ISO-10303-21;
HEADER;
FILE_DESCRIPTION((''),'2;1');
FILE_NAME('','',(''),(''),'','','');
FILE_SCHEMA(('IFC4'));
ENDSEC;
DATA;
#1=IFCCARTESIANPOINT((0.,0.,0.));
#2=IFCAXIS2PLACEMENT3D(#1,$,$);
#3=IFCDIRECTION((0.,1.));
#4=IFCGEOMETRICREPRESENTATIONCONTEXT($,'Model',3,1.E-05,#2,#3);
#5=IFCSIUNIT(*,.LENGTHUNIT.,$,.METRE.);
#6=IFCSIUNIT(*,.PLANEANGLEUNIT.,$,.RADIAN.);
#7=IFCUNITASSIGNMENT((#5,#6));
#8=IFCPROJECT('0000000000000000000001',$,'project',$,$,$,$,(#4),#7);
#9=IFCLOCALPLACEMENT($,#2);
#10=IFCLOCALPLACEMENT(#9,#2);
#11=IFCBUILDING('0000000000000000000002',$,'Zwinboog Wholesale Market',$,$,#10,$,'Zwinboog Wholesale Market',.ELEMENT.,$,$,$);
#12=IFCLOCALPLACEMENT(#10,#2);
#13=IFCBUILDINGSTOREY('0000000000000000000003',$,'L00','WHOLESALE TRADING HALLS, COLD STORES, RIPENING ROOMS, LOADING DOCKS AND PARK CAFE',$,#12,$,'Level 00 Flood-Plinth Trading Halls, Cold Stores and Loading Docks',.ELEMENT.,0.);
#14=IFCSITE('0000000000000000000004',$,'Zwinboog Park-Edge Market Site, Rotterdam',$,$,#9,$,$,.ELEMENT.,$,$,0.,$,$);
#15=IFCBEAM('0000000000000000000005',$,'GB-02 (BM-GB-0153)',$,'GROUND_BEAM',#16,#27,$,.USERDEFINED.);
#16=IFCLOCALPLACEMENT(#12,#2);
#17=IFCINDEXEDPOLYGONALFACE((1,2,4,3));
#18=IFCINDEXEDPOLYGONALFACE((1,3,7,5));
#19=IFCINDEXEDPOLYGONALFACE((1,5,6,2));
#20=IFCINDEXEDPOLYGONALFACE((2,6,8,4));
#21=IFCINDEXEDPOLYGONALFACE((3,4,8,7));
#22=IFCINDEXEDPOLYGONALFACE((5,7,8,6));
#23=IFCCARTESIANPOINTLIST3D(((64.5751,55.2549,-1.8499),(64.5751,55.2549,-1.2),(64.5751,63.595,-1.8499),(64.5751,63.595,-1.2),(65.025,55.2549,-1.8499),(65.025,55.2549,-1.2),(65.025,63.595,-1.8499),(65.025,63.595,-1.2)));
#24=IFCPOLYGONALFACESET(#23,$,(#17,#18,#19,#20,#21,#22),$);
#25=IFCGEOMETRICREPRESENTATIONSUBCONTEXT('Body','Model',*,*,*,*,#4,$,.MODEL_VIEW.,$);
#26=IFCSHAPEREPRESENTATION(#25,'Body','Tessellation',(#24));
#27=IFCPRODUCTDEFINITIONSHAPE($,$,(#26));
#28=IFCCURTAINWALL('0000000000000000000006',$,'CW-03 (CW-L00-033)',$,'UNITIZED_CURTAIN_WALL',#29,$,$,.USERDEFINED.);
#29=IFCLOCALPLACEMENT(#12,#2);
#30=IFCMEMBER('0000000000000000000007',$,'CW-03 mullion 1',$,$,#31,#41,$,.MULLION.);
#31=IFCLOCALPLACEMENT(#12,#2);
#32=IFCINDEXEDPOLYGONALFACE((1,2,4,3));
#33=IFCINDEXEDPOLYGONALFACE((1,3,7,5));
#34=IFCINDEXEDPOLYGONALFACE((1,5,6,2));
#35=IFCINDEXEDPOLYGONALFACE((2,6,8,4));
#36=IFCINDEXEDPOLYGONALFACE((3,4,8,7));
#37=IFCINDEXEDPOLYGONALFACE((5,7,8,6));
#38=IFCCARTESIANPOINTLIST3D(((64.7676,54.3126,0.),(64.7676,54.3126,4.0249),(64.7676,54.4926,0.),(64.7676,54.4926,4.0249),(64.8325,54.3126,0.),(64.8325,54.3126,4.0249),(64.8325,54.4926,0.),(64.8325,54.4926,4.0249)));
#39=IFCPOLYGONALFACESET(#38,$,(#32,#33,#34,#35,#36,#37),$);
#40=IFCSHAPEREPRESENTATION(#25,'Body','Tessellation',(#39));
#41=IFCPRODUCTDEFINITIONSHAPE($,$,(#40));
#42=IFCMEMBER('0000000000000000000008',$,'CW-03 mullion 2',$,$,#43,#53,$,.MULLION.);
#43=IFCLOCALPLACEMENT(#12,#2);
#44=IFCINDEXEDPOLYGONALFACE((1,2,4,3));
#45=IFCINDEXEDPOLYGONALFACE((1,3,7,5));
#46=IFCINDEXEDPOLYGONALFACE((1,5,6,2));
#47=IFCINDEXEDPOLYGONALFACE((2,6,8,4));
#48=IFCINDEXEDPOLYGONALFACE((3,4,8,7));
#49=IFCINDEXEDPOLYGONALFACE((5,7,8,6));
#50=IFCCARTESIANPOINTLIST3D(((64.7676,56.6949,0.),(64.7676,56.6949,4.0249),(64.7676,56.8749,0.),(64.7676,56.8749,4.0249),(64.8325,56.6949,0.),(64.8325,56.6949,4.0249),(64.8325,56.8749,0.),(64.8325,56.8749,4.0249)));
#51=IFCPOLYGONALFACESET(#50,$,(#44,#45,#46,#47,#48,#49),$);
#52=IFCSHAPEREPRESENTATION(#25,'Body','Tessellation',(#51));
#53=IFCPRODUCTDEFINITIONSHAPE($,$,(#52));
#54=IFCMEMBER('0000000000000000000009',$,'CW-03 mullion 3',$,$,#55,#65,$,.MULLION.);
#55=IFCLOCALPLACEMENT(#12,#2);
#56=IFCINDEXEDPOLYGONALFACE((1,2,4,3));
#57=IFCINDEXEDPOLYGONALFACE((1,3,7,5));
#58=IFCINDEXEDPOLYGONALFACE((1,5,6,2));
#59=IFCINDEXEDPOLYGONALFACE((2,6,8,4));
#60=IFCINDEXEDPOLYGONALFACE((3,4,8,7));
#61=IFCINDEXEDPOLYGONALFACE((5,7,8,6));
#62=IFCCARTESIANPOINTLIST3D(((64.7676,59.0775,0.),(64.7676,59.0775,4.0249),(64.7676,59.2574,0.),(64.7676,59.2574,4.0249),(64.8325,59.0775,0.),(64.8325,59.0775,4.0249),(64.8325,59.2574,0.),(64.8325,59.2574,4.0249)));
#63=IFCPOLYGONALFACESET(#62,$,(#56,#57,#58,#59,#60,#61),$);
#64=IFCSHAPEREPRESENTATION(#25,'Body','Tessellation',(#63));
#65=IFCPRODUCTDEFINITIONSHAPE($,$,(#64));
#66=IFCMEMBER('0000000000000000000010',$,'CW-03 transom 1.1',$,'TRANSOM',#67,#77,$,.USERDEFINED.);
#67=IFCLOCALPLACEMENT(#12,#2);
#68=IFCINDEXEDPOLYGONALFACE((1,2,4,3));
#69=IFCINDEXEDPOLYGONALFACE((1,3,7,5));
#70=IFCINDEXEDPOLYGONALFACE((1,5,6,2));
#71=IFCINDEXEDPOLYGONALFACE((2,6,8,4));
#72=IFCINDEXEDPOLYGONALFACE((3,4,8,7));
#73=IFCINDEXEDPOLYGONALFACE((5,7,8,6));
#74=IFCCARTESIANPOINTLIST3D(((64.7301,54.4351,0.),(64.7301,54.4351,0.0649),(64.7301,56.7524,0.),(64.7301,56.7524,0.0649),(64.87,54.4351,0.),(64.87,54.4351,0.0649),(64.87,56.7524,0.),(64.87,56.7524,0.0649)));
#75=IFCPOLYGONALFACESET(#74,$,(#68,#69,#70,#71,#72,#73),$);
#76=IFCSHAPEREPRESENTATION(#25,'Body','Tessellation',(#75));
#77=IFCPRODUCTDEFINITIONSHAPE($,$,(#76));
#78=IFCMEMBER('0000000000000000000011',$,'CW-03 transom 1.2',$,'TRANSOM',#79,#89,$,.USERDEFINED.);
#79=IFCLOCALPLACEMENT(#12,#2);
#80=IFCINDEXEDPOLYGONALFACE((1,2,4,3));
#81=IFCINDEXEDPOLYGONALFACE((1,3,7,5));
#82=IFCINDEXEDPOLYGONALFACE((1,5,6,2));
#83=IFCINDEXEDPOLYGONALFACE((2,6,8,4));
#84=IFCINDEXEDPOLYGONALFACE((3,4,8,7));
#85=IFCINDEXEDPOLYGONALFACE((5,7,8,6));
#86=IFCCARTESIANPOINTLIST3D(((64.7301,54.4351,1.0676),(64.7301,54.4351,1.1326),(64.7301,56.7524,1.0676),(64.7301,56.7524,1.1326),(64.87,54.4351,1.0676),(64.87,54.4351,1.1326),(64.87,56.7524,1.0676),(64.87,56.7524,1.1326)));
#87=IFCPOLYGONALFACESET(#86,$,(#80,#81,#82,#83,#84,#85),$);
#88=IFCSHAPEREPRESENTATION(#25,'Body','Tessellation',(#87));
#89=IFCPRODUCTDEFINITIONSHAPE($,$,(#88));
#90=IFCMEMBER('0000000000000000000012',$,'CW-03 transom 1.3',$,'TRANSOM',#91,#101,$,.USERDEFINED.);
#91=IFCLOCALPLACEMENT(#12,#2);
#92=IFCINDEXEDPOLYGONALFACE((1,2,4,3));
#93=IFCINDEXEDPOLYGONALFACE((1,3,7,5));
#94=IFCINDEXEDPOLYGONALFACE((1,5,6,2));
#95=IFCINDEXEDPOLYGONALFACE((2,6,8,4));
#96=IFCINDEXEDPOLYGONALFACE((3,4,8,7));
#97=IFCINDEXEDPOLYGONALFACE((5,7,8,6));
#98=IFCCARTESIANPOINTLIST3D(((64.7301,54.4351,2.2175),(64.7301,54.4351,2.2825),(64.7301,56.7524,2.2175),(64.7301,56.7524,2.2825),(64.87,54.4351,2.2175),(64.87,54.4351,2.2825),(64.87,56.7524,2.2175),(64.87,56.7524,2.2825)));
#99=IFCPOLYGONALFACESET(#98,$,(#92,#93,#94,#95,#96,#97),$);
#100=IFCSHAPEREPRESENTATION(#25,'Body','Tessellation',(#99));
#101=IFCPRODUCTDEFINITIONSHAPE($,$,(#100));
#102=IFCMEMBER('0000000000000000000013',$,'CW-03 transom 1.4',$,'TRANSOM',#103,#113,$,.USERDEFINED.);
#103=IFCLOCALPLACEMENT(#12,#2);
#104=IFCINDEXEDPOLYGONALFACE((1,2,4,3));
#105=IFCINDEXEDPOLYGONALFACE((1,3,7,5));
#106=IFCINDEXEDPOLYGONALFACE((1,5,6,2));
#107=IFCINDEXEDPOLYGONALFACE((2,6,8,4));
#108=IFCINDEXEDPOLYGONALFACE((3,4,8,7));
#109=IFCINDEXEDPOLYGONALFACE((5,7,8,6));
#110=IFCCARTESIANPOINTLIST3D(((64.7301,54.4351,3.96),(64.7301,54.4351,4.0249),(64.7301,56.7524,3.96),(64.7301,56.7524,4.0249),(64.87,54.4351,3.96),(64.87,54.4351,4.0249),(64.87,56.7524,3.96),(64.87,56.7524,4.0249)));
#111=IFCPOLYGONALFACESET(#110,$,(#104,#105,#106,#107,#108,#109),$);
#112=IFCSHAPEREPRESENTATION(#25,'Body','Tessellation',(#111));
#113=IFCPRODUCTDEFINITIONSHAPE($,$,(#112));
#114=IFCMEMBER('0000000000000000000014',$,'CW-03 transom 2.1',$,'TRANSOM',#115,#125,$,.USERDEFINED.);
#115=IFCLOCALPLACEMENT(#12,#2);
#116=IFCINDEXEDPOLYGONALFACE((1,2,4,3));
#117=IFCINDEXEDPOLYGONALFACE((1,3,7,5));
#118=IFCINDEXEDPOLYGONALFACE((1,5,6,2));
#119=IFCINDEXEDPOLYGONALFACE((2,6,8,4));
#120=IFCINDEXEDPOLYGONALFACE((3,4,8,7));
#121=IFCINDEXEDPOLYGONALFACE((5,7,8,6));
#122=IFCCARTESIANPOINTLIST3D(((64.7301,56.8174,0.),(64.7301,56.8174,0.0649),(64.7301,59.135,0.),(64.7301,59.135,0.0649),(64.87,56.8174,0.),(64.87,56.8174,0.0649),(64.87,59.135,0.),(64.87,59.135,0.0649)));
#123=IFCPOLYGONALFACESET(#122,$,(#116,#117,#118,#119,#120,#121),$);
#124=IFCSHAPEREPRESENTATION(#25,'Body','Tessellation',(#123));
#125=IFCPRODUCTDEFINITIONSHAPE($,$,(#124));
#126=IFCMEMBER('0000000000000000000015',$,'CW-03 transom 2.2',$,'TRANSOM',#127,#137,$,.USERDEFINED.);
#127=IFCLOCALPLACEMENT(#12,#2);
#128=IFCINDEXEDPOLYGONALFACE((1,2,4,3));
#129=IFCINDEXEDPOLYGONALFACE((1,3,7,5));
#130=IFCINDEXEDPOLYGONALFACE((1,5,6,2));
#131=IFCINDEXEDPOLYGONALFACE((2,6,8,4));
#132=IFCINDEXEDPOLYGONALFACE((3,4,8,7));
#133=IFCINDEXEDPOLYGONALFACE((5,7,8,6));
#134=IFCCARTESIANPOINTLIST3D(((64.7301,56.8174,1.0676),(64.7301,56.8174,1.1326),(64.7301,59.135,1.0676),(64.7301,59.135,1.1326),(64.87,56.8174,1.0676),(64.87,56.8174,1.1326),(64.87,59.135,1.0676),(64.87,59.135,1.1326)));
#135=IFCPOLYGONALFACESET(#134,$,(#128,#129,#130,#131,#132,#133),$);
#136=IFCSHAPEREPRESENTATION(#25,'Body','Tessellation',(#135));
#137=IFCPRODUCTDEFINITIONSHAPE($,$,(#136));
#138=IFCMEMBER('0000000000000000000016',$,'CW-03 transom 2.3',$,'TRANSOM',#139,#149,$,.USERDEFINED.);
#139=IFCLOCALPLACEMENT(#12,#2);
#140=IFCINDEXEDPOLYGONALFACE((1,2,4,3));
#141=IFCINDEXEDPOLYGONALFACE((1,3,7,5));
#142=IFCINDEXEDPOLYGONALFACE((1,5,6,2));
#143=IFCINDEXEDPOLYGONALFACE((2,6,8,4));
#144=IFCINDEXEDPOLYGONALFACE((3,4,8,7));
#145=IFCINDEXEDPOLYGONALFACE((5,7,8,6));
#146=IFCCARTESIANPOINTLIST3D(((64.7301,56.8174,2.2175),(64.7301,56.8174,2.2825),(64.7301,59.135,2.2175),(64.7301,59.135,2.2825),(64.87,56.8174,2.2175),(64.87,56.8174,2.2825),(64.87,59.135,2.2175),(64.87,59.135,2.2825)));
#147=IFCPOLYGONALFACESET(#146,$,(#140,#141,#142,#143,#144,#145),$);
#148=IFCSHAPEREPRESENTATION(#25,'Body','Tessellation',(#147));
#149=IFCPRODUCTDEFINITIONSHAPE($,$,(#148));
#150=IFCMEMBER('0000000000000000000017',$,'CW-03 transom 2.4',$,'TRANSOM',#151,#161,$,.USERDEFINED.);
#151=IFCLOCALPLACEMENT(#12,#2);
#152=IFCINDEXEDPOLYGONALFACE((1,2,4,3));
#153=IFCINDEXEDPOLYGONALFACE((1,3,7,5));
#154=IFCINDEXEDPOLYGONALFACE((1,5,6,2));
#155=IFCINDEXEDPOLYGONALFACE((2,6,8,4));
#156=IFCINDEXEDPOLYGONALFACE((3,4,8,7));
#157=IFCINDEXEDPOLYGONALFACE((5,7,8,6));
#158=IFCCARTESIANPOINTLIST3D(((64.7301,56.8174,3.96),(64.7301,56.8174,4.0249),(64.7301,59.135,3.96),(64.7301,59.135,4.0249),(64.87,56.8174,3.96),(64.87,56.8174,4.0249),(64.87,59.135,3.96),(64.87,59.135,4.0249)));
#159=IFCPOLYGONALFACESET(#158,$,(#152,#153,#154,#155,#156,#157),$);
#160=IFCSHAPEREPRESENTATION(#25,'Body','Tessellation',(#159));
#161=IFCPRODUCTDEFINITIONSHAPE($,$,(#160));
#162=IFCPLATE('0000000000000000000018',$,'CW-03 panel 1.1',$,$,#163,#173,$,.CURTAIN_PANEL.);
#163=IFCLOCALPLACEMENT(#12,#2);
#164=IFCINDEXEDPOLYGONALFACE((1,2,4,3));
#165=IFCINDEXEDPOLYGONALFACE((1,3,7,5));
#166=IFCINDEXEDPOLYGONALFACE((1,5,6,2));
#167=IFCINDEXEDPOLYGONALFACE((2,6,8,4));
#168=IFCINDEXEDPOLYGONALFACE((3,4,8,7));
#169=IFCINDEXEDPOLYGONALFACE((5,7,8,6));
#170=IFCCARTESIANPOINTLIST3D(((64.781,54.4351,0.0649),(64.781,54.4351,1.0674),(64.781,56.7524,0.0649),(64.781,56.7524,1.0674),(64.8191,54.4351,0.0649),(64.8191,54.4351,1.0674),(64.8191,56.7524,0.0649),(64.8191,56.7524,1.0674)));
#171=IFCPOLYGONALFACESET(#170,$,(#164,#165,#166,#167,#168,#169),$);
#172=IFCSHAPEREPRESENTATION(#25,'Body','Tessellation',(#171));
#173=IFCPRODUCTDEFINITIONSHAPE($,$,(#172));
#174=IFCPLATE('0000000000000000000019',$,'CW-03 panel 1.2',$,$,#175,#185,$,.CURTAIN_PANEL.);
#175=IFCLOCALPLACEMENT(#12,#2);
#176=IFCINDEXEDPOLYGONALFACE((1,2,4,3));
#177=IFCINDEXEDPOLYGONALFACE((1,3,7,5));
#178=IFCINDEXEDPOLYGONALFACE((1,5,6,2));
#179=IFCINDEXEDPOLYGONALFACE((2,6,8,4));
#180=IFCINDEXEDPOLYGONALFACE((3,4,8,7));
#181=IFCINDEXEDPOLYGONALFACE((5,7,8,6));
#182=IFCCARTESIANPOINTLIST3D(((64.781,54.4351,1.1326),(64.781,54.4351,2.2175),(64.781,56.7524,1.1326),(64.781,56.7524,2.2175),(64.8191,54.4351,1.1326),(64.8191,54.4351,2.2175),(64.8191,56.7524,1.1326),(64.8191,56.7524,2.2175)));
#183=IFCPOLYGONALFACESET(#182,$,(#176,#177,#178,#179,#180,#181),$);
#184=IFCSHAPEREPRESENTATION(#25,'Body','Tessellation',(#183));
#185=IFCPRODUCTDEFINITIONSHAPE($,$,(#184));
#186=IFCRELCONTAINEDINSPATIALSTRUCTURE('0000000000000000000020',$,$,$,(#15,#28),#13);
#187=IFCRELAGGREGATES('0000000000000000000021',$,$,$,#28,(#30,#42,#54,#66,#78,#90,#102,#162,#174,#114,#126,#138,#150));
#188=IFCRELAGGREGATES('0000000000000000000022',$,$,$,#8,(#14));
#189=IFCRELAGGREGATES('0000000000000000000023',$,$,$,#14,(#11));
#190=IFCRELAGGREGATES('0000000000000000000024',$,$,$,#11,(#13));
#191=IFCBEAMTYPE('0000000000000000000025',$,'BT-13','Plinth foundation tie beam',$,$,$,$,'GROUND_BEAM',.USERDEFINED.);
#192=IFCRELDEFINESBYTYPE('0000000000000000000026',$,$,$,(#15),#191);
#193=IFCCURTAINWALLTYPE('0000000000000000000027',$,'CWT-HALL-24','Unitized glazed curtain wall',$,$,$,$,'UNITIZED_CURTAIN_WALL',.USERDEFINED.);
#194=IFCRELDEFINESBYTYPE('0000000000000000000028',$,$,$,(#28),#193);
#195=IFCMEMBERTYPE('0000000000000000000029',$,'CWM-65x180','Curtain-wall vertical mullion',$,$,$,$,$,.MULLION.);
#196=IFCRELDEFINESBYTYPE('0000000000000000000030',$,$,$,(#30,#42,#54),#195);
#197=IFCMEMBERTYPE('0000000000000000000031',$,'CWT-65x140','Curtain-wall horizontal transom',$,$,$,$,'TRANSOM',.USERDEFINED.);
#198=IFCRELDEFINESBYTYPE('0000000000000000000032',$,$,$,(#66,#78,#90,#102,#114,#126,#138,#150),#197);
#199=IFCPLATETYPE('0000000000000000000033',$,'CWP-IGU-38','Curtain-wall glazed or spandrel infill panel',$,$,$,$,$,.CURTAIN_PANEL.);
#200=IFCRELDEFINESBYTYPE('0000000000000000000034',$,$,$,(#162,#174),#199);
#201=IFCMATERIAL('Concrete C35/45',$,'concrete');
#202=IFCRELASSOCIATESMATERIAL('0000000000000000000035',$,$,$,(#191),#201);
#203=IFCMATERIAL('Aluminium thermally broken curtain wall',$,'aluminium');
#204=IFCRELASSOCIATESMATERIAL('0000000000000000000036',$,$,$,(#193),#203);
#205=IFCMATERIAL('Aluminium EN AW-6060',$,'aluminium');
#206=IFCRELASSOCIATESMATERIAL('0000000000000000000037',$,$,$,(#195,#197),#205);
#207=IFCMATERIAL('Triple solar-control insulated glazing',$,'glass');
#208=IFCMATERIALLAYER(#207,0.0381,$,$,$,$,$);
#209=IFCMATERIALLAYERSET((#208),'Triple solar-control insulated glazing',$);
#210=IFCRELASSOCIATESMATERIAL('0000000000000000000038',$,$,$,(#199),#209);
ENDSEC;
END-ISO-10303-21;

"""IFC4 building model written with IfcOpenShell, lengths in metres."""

from ifc_helpers import new_model, si_unit, direction, frame, origin, origin_2d, place, context, subcontext, project, spatial, rectangle, extrude, material, layer, layer_set, material_profile, profile_set, type_object, element, aggregate, save


model = new_model("IFC4")

# Units and contexts
model_context = context("Model", 3, precision=1e-05, world=origin(), true_north=direction((0.0, 1.0)))
body_context = subcontext(model_context, "Body", "Model", "MODEL_VIEW")
ifc_project = project(units=[si_unit("LENGTHUNIT", "METRE"), si_unit("PLANEANGLEUNIT", "RADIAN")], contexts=[model_context])

# Site, building, storey
site_placement = place(None, origin())
site = spatial("IfcSite", under=ifc_project, at=site_placement, Name="Zwinboog Park-Edge Market Site, Rotterdam", CompositionType="ELEMENT", RefElevation=0.0)
building_placement = place(site_placement, origin())
building = spatial("IfcBuilding", under=site, at=building_placement, Name="Zwinboog Wholesale Market", LongName="Zwinboog Wholesale Market", CompositionType="ELEMENT")
storey_placement = place(building_placement, origin())
storey = spatial("IfcBuildingStorey", under=building, at=storey_placement, Name="L00", Description="WHOLESALE TRADING HALLS, COLD STORES, RIPENING ROOMS, LOADING DOCKS AND PARK CAFE", LongName="Level 00 Flood-Plinth Trading Halls, Cold Stores and Loading Docks", CompositionType="ELEMENT", Elevation=0.0)

# Beam
ifc_material_1 = material(Name="Concrete C35/45", Category="concrete")
ifc_material_profile_1 = material_profile(ifc_material_1, rectangle(XDim=0.45, YDim=0.6499, at=origin_2d()), Name="RC 450x650")
ifc_profile_set_1 = profile_set([ifc_material_profile_1], Name="Concrete C35/45")
beam_type = type_object("IfcBeamType", Name="BT-13", Description="Plinth foundation tie beam", ElementType="GROUND_BEAM", PredefinedType="USERDEFINED", material=ifc_profile_set_1)
beam_placement = place(storey_placement, frame((64.8, 55.2549, -1.5249), z_axis=(0.0, 1.0, 0.0), x_axis=(-1.0, 0.0, 0.0)))
element("IfcBeam", 1, at=beam_placement, inside=storey, type_object=beam_type, Name="GB-02 (BM-GB-0153)", ObjectType="GROUND_BEAM", PredefinedType="USERDEFINED", context=body_context, shape_type="SweptSolid", body=[
    extrude(rectangle(XDim=0.45, YDim=0.6499, at=origin_2d()), origin(), (0.0, 0.0, 1.0), 8.3401),
])

# Curtain wall, members, plates
ifc_material_2 = material(Name="Aluminium thermally broken curtain wall", Category="aluminium")
curtain_wall_type = type_object("IfcCurtainWallType", Name="CWT-HALL-24", Description="Unitized glazed curtain wall", ElementType="UNITIZED_CURTAIN_WALL", PredefinedType="USERDEFINED", material=ifc_material_2)
curtain_wall_placement = place(storey_placement, origin())
curtain_wall = element("IfcCurtainWall", 2, at=curtain_wall_placement, inside=storey, type_object=curtain_wall_type, Name="CW-03 (CW-L00-033)", ObjectType="UNITIZED_CURTAIN_WALL", PredefinedType="USERDEFINED")
ifc_material_3 = material(Name="Aluminium EN AW-6060", Category="aluminium")
ifc_material_profile_2 = material_profile(ifc_material_3, rectangle(XDim=0.0649, YDim=0.1799, at=origin_2d()), Name="AL 65x180")
ifc_profile_set_2 = profile_set([ifc_material_profile_2], Name="Aluminium EN AW-6060")
member_type_1 = type_object("IfcMemberType", Name="CWM-65x180", Description="Curtain-wall vertical mullion", PredefinedType="MULLION", material=ifc_profile_set_2)
member_1_placement = place(storey_placement, frame((64.8, 54.4026, 0.0), z_axis=(0.0, 0.0, 1.0), x_axis=(-1.0, 0.0, 0.0)))
member_1 = element("IfcMember", 3, at=member_1_placement, type_object=member_type_1, Name="CW-03 mullion 1", PredefinedType="MULLION", context=body_context, shape_type="SweptSolid", body=[
    extrude(rectangle(XDim=0.0649, YDim=0.1799, at=origin_2d()), origin(), (0.0, 0.0, 1.0), 4.0249),
])
member_2_placement = place(storey_placement, frame((64.8, 56.7849, 0.0), z_axis=(0.0, 0.0, 1.0), x_axis=(-1.0, 0.0, 0.0)))
member_2 = element("IfcMember", 4, at=member_2_placement, type_object=member_type_1, Name="CW-03 mullion 2", PredefinedType="MULLION", context=body_context, shape_type="SweptSolid", body=[
    extrude(rectangle(XDim=0.0649, YDim=0.1799, at=origin_2d()), origin(), (0.0, 0.0, 1.0), 4.0249),
])
member_3_placement = place(storey_placement, frame((64.8, 59.1675, 0.0), z_axis=(0.0, 0.0, 1.0), x_axis=(-1.0, 0.0, 0.0)))
member_3 = element("IfcMember", 5, at=member_3_placement, type_object=member_type_1, Name="CW-03 mullion 3", PredefinedType="MULLION", context=body_context, shape_type="SweptSolid", body=[
    extrude(rectangle(XDim=0.0649, YDim=0.1799, at=origin_2d()), origin(), (0.0, 0.0, 1.0), 4.0249),
])
ifc_material_profile_3 = material_profile(ifc_material_3, rectangle(XDim=0.1399, YDim=0.0649, at=origin_2d()), Name="AL 65x140")
ifc_profile_set_3 = profile_set([ifc_material_profile_3], Name="Aluminium EN AW-6060")
member_type_2 = type_object("IfcMemberType", Name="CWT-65x140", Description="Curtain-wall horizontal transom", ElementType="TRANSOM", PredefinedType="USERDEFINED", material=ifc_profile_set_3)
member_4_placement = place(storey_placement, frame((64.8, 54.4351, 0.0325), z_axis=(0.0, 1.0, 0.0), x_axis=(-1.0, 0.0, 0.0)))
member_4 = element("IfcMember", 6, at=member_4_placement, type_object=member_type_2, Name="CW-03 transom 1.1", ObjectType="TRANSOM", PredefinedType="USERDEFINED", context=body_context, shape_type="SweptSolid", body=[
    extrude(rectangle(XDim=0.1399, YDim=0.0649, at=origin_2d()), origin(), (0.0, 0.0, 1.0), 2.3174),
])
member_5_placement = place(storey_placement, frame((64.8, 54.4351, 1.1001), z_axis=(0.0, 1.0, 0.0), x_axis=(-1.0, 0.0, 0.0)))
member_5 = element("IfcMember", 7, at=member_5_placement, type_object=member_type_2, Name="CW-03 transom 1.2", ObjectType="TRANSOM", PredefinedType="USERDEFINED", context=body_context, shape_type="SweptSolid", body=[
    extrude(rectangle(XDim=0.1399, YDim=0.0649, at=origin_2d()), origin(), (0.0, 0.0, 1.0), 2.3174),
])
member_6_placement = place(storey_placement, frame((64.8, 54.4351, 2.25), z_axis=(0.0, 1.0, 0.0), x_axis=(-1.0, 0.0, 0.0)))
member_6 = element("IfcMember", 8, at=member_6_placement, type_object=member_type_2, Name="CW-03 transom 1.3", ObjectType="TRANSOM", PredefinedType="USERDEFINED", context=body_context, shape_type="SweptSolid", body=[
    extrude(rectangle(XDim=0.1399, YDim=0.0649, at=origin_2d()), origin(), (0.0, 0.0, 1.0), 2.3174),
])
member_7_placement = place(storey_placement, frame((64.8, 54.4351, 3.9924), z_axis=(0.0, 1.0, 0.0), x_axis=(-1.0, 0.0, 0.0)))
member_7 = element("IfcMember", 9, at=member_7_placement, type_object=member_type_2, Name="CW-03 transom 1.4", ObjectType="TRANSOM", PredefinedType="USERDEFINED", context=body_context, shape_type="SweptSolid", body=[
    extrude(rectangle(XDim=0.1399, YDim=0.0649, at=origin_2d()), origin(), (0.0, 0.0, 1.0), 2.3174),
])
member_8_placement = place(storey_placement, frame((64.8, 56.8174, 0.0325), z_axis=(0.0, 1.0, 0.0), x_axis=(-1.0, 0.0, 0.0)))
member_8 = element("IfcMember", 10, at=member_8_placement, type_object=member_type_2, Name="CW-03 transom 2.1", ObjectType="TRANSOM", PredefinedType="USERDEFINED", context=body_context, shape_type="SweptSolid", body=[
    extrude(rectangle(XDim=0.1399, YDim=0.0649, at=origin_2d()), origin(), (0.0, 0.0, 1.0), 2.3176),
])
member_9_placement = place(storey_placement, frame((64.8, 56.8174, 1.1001), z_axis=(0.0, 1.0, 0.0), x_axis=(-1.0, 0.0, 0.0)))
member_9 = element("IfcMember", 11, at=member_9_placement, type_object=member_type_2, Name="CW-03 transom 2.2", ObjectType="TRANSOM", PredefinedType="USERDEFINED", context=body_context, shape_type="SweptSolid", body=[
    extrude(rectangle(XDim=0.1399, YDim=0.0649, at=origin_2d()), origin(), (0.0, 0.0, 1.0), 2.3176),
])
member_10_placement = place(storey_placement, frame((64.8, 56.8174, 2.25), z_axis=(0.0, 1.0, 0.0), x_axis=(-1.0, 0.0, 0.0)))
member_10 = element("IfcMember", 12, at=member_10_placement, type_object=member_type_2, Name="CW-03 transom 2.3", ObjectType="TRANSOM", PredefinedType="USERDEFINED", context=body_context, shape_type="SweptSolid", body=[
    extrude(rectangle(XDim=0.1399, YDim=0.0649, at=origin_2d()), origin(), (0.0, 0.0, 1.0), 2.3176),
])
member_11_placement = place(storey_placement, frame((64.8, 56.8174, 3.9924), z_axis=(0.0, 1.0, 0.0), x_axis=(-1.0, 0.0, 0.0)))
member_11 = element("IfcMember", 13, at=member_11_placement, type_object=member_type_2, Name="CW-03 transom 2.4", ObjectType="TRANSOM", PredefinedType="USERDEFINED", context=body_context, shape_type="SweptSolid", body=[
    extrude(rectangle(XDim=0.1399, YDim=0.0649, at=origin_2d()), origin(), (0.0, 0.0, 1.0), 2.3176),
])
ifc_material_4 = material(Name="Triple solar-control insulated glazing", Category="glass")
ifc_layer_1 = layer(ifc_material_4, 0.0381)
ifc_layer_set_1 = layer_set([ifc_layer_1], Name="Triple solar-control insulated glazing")
plate_type = type_object("IfcPlateType", Name="CWP-IGU-38", Description="Curtain-wall glazed or spandrel infill panel", PredefinedType="CURTAIN_PANEL", material=ifc_layer_set_1)
plate_1_placement = place(storey_placement, frame((64.8, 55.5938, 0.0649), z_axis=(0.0, 0.0, 1.0), x_axis=(0.0, 1.0, 0.0)))
plate_1 = element("IfcPlate", 14, at=plate_1_placement, type_object=plate_type, Name="CW-03 panel 1.1", PredefinedType="CURTAIN_PANEL", context=body_context, shape_type="SweptSolid", body=[
    extrude(rectangle(XDim=2.3174, YDim=0.0381, at=origin_2d()), origin(), (0.0, 0.0, 1.0), 1.0024),
])
plate_2_placement = place(storey_placement, frame((64.8, 55.5938, 1.1326), z_axis=(0.0, 0.0, 1.0), x_axis=(0.0, 1.0, 0.0)))
plate_2 = element("IfcPlate", 15, at=plate_2_placement, type_object=plate_type, Name="CW-03 panel 1.2", PredefinedType="CURTAIN_PANEL", context=body_context, shape_type="SweptSolid", body=[
    extrude(rectangle(XDim=2.3174, YDim=0.0381, at=origin_2d()), origin(), (0.0, 0.0, 1.0), 1.085),
])
aggregate(curtain_wall, [member_1, member_2, member_3, member_4, member_5, member_6, member_7, plate_1, plate_2, member_8, member_9, member_10, member_11])

save(model, "model.ifc")
